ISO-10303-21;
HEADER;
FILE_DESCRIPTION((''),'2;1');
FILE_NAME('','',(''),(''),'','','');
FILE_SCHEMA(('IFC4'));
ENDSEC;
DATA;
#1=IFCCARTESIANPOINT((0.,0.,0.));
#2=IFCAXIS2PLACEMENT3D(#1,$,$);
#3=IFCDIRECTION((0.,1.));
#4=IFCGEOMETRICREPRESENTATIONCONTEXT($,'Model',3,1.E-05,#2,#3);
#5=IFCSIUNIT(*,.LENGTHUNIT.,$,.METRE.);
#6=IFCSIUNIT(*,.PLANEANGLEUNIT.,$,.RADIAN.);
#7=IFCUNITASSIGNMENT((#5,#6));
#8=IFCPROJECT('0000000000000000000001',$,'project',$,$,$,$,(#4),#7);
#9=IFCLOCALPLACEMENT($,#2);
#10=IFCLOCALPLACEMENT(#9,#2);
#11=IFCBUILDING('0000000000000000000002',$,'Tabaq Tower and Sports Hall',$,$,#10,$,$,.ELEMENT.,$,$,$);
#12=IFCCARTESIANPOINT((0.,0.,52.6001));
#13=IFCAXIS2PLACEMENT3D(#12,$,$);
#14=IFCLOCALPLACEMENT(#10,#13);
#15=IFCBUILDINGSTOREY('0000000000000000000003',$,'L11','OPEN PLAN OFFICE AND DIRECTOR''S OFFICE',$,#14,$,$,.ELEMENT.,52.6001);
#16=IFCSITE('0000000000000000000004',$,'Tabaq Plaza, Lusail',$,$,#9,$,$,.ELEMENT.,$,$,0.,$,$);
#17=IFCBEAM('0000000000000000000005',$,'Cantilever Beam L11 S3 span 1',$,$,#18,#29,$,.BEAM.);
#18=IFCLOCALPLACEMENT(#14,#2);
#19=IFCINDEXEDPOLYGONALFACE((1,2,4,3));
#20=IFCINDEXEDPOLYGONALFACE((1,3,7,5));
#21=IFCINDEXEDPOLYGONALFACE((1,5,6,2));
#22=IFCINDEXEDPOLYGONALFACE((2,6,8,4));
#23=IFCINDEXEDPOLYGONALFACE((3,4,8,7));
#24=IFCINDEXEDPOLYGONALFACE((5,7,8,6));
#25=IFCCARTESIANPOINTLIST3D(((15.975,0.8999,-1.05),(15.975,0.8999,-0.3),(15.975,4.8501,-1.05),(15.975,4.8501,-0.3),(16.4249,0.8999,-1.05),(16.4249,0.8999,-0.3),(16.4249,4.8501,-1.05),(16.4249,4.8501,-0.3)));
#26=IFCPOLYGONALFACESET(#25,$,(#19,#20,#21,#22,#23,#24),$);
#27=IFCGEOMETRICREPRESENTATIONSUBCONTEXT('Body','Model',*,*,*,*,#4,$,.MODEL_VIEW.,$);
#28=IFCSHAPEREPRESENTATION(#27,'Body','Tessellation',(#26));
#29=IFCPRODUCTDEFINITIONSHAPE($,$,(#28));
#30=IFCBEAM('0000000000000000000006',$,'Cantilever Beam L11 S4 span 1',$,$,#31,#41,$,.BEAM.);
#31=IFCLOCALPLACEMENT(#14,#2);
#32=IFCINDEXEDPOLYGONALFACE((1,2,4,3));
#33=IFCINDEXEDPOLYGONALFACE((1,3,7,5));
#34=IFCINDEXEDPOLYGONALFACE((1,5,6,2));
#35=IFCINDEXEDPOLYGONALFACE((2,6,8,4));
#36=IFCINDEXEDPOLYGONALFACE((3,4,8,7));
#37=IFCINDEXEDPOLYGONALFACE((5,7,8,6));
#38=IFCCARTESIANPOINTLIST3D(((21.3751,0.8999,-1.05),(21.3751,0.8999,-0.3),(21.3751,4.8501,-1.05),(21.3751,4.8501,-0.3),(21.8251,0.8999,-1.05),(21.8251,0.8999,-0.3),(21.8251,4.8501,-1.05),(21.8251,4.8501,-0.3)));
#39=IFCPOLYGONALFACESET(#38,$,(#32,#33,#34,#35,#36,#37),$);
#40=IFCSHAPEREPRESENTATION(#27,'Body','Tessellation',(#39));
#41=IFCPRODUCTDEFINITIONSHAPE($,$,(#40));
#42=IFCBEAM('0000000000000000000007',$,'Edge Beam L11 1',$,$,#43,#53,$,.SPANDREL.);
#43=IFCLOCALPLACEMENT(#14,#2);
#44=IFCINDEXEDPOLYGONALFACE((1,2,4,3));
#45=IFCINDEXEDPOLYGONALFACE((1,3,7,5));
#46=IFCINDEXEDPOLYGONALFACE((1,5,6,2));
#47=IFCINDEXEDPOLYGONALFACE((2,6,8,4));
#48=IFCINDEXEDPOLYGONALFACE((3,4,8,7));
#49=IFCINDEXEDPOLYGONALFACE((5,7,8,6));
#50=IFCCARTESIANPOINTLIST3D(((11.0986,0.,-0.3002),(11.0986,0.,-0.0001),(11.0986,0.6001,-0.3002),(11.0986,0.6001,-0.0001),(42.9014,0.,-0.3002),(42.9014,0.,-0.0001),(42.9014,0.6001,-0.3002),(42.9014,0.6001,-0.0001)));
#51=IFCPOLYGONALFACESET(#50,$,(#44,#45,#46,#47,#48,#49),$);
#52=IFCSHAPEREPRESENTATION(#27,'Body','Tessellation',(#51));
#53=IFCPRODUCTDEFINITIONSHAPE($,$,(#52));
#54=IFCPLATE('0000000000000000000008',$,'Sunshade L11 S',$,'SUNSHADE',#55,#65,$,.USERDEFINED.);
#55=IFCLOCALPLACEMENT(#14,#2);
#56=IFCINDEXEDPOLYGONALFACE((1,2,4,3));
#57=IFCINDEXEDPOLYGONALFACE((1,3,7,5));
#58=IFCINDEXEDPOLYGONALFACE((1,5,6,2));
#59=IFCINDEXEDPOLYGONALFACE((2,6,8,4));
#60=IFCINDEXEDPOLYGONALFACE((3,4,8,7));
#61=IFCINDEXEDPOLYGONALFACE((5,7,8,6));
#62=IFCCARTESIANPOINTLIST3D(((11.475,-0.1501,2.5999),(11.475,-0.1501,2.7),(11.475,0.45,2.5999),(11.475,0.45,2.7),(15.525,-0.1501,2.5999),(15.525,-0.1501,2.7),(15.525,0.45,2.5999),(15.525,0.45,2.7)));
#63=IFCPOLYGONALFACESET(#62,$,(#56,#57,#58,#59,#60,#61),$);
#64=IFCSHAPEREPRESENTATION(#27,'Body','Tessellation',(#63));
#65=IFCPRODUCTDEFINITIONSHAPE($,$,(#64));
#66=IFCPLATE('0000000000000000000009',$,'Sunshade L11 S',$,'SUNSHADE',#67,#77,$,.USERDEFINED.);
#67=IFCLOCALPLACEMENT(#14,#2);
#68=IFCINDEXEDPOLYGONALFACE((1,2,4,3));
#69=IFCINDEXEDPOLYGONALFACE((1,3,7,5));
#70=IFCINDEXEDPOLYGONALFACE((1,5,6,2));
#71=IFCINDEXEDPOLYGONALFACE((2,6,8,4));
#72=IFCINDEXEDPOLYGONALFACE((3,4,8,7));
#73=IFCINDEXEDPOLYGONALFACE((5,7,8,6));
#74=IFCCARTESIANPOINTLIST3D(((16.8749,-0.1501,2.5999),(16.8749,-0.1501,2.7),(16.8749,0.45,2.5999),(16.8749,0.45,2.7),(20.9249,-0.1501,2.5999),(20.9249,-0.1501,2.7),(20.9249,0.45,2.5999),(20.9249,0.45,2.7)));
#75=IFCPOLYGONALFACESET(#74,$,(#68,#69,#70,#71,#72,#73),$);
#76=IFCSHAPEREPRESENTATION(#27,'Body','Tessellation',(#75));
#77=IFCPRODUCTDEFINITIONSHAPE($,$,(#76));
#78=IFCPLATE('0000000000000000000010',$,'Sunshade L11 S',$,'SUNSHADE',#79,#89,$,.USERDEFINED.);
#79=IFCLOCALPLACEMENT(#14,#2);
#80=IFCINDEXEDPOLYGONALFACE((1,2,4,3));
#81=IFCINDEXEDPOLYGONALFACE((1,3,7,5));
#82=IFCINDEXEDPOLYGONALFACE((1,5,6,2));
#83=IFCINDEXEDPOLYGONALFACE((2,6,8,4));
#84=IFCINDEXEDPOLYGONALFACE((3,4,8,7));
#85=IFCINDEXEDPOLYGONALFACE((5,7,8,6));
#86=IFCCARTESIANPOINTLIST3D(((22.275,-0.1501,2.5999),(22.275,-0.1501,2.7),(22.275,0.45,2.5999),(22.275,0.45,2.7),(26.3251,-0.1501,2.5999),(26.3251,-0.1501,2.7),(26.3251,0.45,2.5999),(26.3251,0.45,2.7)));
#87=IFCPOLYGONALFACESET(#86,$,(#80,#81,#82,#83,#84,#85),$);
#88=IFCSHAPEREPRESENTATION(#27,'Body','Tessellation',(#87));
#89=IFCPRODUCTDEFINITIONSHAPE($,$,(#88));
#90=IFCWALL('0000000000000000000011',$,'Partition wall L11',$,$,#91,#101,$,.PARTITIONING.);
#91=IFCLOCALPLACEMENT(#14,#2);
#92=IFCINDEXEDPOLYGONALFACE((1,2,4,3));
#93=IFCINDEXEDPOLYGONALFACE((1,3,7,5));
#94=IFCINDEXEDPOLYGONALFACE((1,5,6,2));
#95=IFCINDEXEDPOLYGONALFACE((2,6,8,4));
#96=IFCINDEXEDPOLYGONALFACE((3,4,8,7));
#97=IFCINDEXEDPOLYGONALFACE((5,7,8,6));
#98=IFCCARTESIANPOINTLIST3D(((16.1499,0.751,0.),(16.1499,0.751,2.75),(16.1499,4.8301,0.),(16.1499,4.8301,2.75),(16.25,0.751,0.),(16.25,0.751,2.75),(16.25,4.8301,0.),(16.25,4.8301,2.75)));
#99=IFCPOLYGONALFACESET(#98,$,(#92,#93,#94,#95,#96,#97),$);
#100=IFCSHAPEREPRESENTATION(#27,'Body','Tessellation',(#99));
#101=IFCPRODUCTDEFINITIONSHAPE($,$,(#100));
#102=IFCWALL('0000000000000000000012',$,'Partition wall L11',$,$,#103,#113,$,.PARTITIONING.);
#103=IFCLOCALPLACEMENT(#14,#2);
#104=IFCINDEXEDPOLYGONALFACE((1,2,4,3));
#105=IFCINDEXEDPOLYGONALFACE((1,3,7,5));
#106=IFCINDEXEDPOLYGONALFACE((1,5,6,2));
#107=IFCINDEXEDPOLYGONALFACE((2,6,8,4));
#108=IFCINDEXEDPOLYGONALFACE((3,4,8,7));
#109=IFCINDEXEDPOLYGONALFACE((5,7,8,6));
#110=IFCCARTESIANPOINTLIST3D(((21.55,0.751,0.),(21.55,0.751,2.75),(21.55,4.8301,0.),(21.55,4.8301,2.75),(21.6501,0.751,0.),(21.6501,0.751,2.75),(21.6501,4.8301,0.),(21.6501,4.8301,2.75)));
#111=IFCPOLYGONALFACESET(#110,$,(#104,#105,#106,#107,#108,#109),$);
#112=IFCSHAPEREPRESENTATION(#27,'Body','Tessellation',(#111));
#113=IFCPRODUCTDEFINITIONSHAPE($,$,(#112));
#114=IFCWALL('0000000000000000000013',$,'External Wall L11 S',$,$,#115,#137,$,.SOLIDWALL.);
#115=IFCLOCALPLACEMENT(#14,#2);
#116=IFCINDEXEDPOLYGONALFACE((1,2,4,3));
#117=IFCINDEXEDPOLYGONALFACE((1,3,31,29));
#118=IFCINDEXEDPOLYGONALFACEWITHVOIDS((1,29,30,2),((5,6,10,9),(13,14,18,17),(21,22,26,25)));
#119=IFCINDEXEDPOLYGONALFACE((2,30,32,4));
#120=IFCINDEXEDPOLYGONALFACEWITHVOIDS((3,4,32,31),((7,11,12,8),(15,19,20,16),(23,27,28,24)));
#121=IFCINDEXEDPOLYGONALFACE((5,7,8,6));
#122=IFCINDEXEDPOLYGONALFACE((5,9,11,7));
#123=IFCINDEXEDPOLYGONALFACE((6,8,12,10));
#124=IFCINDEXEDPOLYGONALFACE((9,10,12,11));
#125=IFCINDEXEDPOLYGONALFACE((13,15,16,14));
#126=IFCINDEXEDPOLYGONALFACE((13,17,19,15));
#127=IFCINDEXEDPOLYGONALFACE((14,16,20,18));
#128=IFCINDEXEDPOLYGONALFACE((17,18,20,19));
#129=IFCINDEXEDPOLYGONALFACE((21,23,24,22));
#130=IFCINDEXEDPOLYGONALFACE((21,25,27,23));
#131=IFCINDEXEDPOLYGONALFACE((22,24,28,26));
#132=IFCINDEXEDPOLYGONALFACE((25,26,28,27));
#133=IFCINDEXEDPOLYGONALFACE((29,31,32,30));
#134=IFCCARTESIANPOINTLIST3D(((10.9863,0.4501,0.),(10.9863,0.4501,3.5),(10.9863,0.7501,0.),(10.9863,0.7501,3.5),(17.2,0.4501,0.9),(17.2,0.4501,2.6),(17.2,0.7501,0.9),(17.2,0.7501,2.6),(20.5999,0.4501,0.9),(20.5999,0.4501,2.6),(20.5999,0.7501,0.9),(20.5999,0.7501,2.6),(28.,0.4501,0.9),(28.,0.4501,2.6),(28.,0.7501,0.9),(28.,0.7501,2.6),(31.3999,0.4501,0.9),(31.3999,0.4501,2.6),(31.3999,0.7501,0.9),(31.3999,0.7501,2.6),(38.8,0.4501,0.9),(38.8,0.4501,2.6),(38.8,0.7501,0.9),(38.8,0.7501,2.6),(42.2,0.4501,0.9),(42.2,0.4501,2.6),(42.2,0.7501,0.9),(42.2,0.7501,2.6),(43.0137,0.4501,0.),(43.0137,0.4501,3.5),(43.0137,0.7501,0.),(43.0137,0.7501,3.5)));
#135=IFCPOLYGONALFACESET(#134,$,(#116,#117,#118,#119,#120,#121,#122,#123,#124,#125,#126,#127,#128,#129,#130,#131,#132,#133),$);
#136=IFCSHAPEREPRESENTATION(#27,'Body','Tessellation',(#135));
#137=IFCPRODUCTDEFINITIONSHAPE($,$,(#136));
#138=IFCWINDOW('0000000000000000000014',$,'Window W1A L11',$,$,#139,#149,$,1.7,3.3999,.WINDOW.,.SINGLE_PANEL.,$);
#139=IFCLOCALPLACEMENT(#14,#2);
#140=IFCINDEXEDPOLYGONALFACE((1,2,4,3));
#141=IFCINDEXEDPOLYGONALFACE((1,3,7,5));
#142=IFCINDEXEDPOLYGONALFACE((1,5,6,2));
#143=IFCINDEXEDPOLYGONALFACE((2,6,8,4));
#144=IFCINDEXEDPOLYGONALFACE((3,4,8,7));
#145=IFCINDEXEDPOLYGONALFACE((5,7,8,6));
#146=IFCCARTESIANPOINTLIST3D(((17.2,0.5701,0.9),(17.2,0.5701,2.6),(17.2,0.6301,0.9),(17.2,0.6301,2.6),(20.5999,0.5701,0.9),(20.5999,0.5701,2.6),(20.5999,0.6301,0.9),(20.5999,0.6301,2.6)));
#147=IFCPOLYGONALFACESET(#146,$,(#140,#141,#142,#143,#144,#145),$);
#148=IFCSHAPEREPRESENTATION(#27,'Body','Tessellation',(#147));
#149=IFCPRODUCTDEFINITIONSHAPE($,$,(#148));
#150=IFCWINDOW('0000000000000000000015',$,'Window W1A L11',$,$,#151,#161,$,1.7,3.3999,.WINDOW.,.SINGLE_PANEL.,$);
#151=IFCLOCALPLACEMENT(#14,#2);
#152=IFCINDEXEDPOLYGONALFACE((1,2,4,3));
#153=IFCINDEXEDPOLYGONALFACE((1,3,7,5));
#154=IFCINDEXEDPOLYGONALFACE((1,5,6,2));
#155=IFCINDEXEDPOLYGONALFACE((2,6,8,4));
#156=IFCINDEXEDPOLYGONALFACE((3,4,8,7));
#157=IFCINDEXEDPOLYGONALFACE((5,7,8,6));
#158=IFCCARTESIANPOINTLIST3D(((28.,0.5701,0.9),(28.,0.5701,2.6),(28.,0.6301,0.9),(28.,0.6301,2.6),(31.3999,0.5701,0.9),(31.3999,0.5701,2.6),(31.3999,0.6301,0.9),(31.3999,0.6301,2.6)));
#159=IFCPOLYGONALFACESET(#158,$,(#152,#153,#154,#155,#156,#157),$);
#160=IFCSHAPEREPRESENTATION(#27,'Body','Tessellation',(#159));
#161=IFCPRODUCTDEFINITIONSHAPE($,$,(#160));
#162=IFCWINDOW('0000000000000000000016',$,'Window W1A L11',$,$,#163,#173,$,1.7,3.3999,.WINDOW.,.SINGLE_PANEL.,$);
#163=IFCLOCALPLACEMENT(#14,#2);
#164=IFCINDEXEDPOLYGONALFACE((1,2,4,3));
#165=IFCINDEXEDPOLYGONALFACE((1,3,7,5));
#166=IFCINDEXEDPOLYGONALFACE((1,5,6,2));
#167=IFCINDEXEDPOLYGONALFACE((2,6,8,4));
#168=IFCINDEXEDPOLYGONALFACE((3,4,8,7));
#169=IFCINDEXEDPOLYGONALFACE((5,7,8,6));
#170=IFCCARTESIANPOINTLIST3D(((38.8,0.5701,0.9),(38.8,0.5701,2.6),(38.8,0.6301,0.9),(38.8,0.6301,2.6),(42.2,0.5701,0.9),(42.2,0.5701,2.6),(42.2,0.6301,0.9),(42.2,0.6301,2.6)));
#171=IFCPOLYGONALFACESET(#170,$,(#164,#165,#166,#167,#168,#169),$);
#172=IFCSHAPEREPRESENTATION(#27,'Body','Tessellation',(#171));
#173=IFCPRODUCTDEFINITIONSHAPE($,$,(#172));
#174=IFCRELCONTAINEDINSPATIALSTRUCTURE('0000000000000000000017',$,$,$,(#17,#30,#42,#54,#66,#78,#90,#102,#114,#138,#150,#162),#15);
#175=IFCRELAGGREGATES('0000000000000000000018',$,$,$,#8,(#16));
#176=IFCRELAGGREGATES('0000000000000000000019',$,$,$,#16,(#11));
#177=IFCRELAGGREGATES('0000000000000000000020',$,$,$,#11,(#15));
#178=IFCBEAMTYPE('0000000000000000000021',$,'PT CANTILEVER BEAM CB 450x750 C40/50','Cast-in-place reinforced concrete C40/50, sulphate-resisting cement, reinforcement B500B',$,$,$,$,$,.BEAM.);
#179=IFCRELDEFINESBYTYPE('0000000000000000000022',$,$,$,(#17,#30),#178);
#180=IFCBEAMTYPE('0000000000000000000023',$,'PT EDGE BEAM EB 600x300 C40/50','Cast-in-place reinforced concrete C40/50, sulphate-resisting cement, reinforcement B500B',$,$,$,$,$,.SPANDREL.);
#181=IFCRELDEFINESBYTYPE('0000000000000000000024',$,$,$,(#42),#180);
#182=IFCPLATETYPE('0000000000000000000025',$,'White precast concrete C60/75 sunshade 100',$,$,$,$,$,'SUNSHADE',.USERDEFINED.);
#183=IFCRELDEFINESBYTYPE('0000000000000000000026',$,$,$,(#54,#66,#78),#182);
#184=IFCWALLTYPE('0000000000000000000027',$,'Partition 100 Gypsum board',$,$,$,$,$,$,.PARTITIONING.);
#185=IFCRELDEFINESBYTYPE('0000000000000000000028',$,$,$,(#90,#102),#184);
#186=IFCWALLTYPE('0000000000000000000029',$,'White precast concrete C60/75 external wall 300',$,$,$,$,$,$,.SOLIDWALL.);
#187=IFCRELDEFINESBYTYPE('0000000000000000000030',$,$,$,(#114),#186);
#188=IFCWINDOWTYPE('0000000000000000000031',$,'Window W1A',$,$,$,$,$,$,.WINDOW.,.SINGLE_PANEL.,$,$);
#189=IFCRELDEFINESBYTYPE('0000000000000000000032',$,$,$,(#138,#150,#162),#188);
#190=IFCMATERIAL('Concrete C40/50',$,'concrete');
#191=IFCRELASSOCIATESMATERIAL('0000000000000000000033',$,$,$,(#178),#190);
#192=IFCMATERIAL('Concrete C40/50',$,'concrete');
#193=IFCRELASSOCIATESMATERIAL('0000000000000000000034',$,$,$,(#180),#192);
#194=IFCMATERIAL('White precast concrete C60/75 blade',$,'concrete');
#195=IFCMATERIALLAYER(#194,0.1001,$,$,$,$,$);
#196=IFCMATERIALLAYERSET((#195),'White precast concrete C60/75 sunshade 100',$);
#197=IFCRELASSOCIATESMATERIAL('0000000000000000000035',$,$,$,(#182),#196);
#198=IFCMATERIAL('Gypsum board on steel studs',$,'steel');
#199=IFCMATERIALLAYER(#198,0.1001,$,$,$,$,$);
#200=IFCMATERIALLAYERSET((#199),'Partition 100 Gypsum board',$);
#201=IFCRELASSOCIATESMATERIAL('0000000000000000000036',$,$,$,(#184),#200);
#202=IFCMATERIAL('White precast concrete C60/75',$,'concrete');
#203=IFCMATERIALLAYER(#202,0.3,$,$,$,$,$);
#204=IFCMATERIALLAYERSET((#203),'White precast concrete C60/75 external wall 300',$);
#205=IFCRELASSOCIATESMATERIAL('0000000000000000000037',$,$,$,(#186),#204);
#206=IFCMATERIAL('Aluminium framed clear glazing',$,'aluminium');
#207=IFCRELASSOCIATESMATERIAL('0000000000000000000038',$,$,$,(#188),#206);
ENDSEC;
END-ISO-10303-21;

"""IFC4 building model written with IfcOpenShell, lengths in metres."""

from ifc_helpers import new_model, si_unit, direction, frame, frame_2d, origin, origin_2d, place, context, subcontext, project, spatial, rectangle, extrude, material, layer, layer_set, material_profile, profile_set, type_object, element, fill, save


model = new_model("IFC4")

# Units and contexts
model_context = context("Model", 3, precision=1e-05, world=origin(), true_north=direction((0.0, 1.0)))
body_context = subcontext(model_context, "Body", "Model", "MODEL_VIEW")
ifc_project = project(units=[si_unit("LENGTHUNIT", "METRE"), si_unit("PLANEANGLEUNIT", "RADIAN")], contexts=[model_context])

# Site, building, storey
site_placement = place(None, origin())
site = spatial("IfcSite", under=ifc_project, at=site_placement, Name="Tabaq Plaza, Lusail", CompositionType="ELEMENT", RefElevation=0.0)
building_placement = place(site_placement, origin())
building = spatial("IfcBuilding", under=site, at=building_placement, Name="Tabaq Tower and Sports Hall", CompositionType="ELEMENT")
storey_placement = place(building_placement, frame((0.0, 0.0, 52.6001)))
storey = spatial("IfcBuildingStorey", under=building, at=storey_placement, Name="L11", Description="OPEN PLAN OFFICE AND DIRECTOR'S OFFICE", CompositionType="ELEMENT", Elevation=52.6001)

# Beams
ifc_material_1 = material(Name="Concrete C40/50", Category="concrete")
ifc_material_profile_1 = material_profile(ifc_material_1, rectangle(XDim=0.45, YDim=0.75, at=origin_2d()), Name="CB 450x750")
ifc_profile_set_1 = profile_set([ifc_material_profile_1], Name="Concrete C40/50")
beam_type_1 = type_object("IfcBeamType", Name="PT CANTILEVER BEAM CB 450x750 C40/50", Description="Cast-in-place reinforced concrete C40/50, sulphate-resisting cement, reinforcement B500B", PredefinedType="BEAM", material=ifc_profile_set_1)
for number, where, z_axis, x_axis, name in (
    (1, (16.2, 0.8999, -0.675), (0.0, 1.0, 0.0), (-1.0, 0.0, 0.0), "Cantilever Beam L11 S3 span 1"),
    (2, (21.6001, 0.8999, -0.675), (0.0, 1.0, 0.0), (-1.0, 0.0, 0.0), "Cantilever Beam L11 S4 span 1"),
):
    element("IfcBeam", number, at=place(storey_placement, frame(where, z_axis=z_axis, x_axis=x_axis)), inside=storey, type_object=beam_type_1, Name=name, PredefinedType="BEAM", context=body_context, shape_type="SweptSolid", body=[
        extrude(rectangle(XDim=0.45, YDim=0.75, at=origin_2d()), origin(), (0.0, 0.0, 1.0), 3.9502),
    ])
ifc_material_2 = material(Name="Concrete C40/50", Category="concrete")
ifc_material_profile_2 = material_profile(ifc_material_2, rectangle(XDim=0.6001, YDim=0.3, at=origin_2d()), Name="EB 600x300")
ifc_profile_set_2 = profile_set([ifc_material_profile_2], Name="Concrete C40/50")
beam_type_2 = type_object("IfcBeamType", Name="PT EDGE BEAM EB 600x300 C40/50", Description="Cast-in-place reinforced concrete C40/50, sulphate-resisting cement, reinforcement B500B", PredefinedType="SPANDREL", material=ifc_profile_set_2)
beam_placement = place(storey_placement, frame((11.0986, 0.3, -0.1501), z_axis=(1.0, 0.0, 0.0), x_axis=(0.0, 1.0, 0.0)))
element("IfcBeam", 3, at=beam_placement, inside=storey, type_object=beam_type_2, Name="Edge Beam L11 1", PredefinedType="SPANDREL", context=body_context, shape_type="SweptSolid", body=[
    extrude(rectangle(XDim=0.6001, YDim=0.3, at=origin_2d()), origin(), (0.0, 0.0, 1.0), 31.8027),
])

# Plates
ifc_material_3 = material(Name="White precast concrete C60/75 blade", Category="concrete")
ifc_layer_1 = layer(ifc_material_3, 0.1001)
ifc_layer_set_1 = layer_set([ifc_layer_1], Name="White precast concrete C60/75 sunshade 100")
plate_type = type_object("IfcPlateType", Name="White precast concrete C60/75 sunshade 100", ElementType="SUNSHADE", PredefinedType="USERDEFINED", material=ifc_layer_set_1)
for number, where, z_axis, x_axis, name in (
    (4, (13.5, 0.1499, 2.5999), (0.0, 0.0, 1.0), (1.0, 0.0, 0.0), "Sunshade L11 S"),
    (5, (18.8999, 0.1499, 2.5999), (0.0, 0.0, 1.0), (1.0, 0.0, 0.0), "Sunshade L11 S"),
    (6, (24.3, 0.1499, 2.5999), (0.0, 0.0, 1.0), (1.0, 0.0, 0.0), "Sunshade L11 S"),
):
    element("IfcPlate", number, at=place(storey_placement, frame(where, z_axis=z_axis, x_axis=x_axis)), inside=storey, type_object=plate_type, Name=name, ObjectType="SUNSHADE", PredefinedType="USERDEFINED", context=body_context, shape_type="SweptSolid", body=[
        extrude(rectangle(XDim=4.05, YDim=0.6001, at=origin_2d()), origin(), (0.0, 0.0, 1.0), 0.1001),
    ])

# Walls
ifc_material_4 = material(Name="Gypsum board on steel studs", Category="steel")
ifc_layer_2 = layer(ifc_material_4, 0.1001)
ifc_layer_set_2 = layer_set([ifc_layer_2], Name="Partition 100 Gypsum board")
wall_type_1 = type_object("IfcWallType", Name="Partition 100 Gypsum board", PredefinedType="PARTITIONING", material=ifc_layer_set_2)
for number, where, z_axis, x_axis, name in (
    (7, (16.2, 0.751, 0.0), (0.0, 0.0, 1.0), (0.0, 1.0, 0.0), "Partition wall L11"),
    (8, (21.6001, 0.751, 0.0), (0.0, 0.0, 1.0), (0.0, 1.0, 0.0), "Partition wall L11"),
):
    element("IfcWall", number, at=place(storey_placement, frame(where, z_axis=z_axis, x_axis=x_axis)), inside=storey, type_object=wall_type_1, Name=name, PredefinedType="PARTITIONING", context=body_context, shape_type="SweptSolid", body=[
        extrude(rectangle(XDim=4.0791, YDim=0.1001, at=frame_2d((2.0396, 0.0))), origin(), (0.0, 0.0, 1.0), 2.75),
    ])

# Wall, openings, windows
ifc_material_5 = material(Name="White precast concrete C60/75", Category="concrete")
ifc_layer_3 = layer(ifc_material_5, 0.3)
ifc_layer_set_3 = layer_set([ifc_layer_3], Name="White precast concrete C60/75 external wall 300")
wall_type_2 = type_object("IfcWallType", Name="White precast concrete C60/75 external wall 300", PredefinedType="SOLIDWALL", material=ifc_layer_set_3)
wall_placement = place(storey_placement, frame((10.9863, 0.6001, 0.0), z_axis=(0.0, 0.0, 1.0), x_axis=(1.0, 0.0, 0.0)))
wall = element("IfcWall", 9, at=wall_placement, inside=storey, type_object=wall_type_2, Name="External Wall L11 S", PredefinedType="SOLIDWALL", context=body_context, shape_type="SweptSolid", body=[
    extrude(rectangle(XDim=32.0273, YDim=0.3, at=frame_2d((16.0137, 0.0))), origin(), (0.0, 0.0, 1.0), 3.5),
])
opening_1_placement = place(wall_placement, frame((6.2136, 0.0, 0.8999)))
opening_1 = element("IfcOpeningElement", 10, at=opening_1_placement, cuts=wall, PredefinedType="OPENING", context=body_context, shape_type="SweptSolid", body=[
    extrude(rectangle(XDim=3.3999, YDim=1.7, at=frame_2d((1.7, 0.8501))), frame((0.0, 0.1602, 0.0), z_axis=(0.0, -1.0, 0.0), x_axis=(1.0, 0.0, 0.0)), (0.0, 0.0, 1.0), 0.3201),
])
opening_2_placement = place(wall_placement, frame((17.0137, 0.0, 0.8999)))
opening_2 = element("IfcOpeningElement", 11, at=opening_2_placement, cuts=wall, PredefinedType="OPENING", context=body_context, shape_type="SweptSolid", body=[
    extrude(rectangle(XDim=3.3999, YDim=1.7, at=frame_2d((1.7, 0.8501))), frame((0.0, 0.1602, 0.0), z_axis=(0.0, -1.0, 0.0), x_axis=(1.0, 0.0, 0.0)), (0.0, 0.0, 1.0), 0.3201),
])
opening_3_placement = place(wall_placement, frame((27.8137, 0.0, 0.8999)))
opening_3 = element("IfcOpeningElement", 12, at=opening_3_placement, cuts=wall, PredefinedType="OPENING", context=body_context, shape_type="SweptSolid", body=[
    extrude(rectangle(XDim=3.3999, YDim=1.7, at=frame_2d((1.7, 0.8501))), frame((0.0, 0.1602, 0.0), z_axis=(0.0, -1.0, 0.0), x_axis=(1.0, 0.0, 0.0)), (0.0, 0.0, 1.0), 0.3201),
])
ifc_material_6 = material(Name="Aluminium framed clear glazing", Category="aluminium")
window_type = type_object("IfcWindowType", Name="Window W1A", PartitioningType="SINGLE_PANEL", PredefinedType="WINDOW", material=ifc_material_6)
window_1_placement = place(opening_1_placement, origin())
window_1 = element("IfcWindow", 13, at=window_1_placement, inside=storey, type_object=window_type, Name="Window W1A L11", OverallHeight=1.7, OverallWidth=3.3999, PartitioningType="SINGLE_PANEL", PredefinedType="WINDOW", context=body_context, shape_type="SweptSolid", body=[
    extrude(rectangle(XDim=3.3999, YDim=1.7, at=frame_2d((1.7, 0.8501))), frame((0.0, 0.03, 0.0), z_axis=(0.0, -1.0, 0.0), x_axis=(1.0, 0.0, 0.0)), (0.0, 0.0, 1.0), 0.0601),
])
fill(opening_1, window_1)
window_2_placement = place(opening_2_placement, origin())
window_2 = element("IfcWindow", 14, at=window_2_placement, inside=storey, type_object=window_type, Name="Window W1A L11", OverallHeight=1.7, OverallWidth=3.3999, PartitioningType="SINGLE_PANEL", PredefinedType="WINDOW", context=body_context, shape_type="SweptSolid", body=[
    extrude(rectangle(XDim=3.3999, YDim=1.7, at=frame_2d((1.7, 0.8501))), frame((0.0, 0.03, 0.0), z_axis=(0.0, -1.0, 0.0), x_axis=(1.0, 0.0, 0.0)), (0.0, 0.0, 1.0), 0.0601),
])
fill(opening_2, window_2)
window_3_placement = place(opening_3_placement, origin())
window_3 = element("IfcWindow", 15, at=window_3_placement, inside=storey, type_object=window_type, Name="Window W1A L11", OverallHeight=1.7, OverallWidth=3.3999, PartitioningType="SINGLE_PANEL", PredefinedType="WINDOW", context=body_context, shape_type="SweptSolid", body=[
    extrude(rectangle(XDim=3.3999, YDim=1.7, at=frame_2d((1.7, 0.8501))), frame((0.0, 0.03, 0.0), z_axis=(0.0, -1.0, 0.0), x_axis=(1.0, 0.0, 0.0)), (0.0, 0.0, 1.0), 0.0601),
])
fill(opening_3, window_3)

save(model, "model.ifc")
